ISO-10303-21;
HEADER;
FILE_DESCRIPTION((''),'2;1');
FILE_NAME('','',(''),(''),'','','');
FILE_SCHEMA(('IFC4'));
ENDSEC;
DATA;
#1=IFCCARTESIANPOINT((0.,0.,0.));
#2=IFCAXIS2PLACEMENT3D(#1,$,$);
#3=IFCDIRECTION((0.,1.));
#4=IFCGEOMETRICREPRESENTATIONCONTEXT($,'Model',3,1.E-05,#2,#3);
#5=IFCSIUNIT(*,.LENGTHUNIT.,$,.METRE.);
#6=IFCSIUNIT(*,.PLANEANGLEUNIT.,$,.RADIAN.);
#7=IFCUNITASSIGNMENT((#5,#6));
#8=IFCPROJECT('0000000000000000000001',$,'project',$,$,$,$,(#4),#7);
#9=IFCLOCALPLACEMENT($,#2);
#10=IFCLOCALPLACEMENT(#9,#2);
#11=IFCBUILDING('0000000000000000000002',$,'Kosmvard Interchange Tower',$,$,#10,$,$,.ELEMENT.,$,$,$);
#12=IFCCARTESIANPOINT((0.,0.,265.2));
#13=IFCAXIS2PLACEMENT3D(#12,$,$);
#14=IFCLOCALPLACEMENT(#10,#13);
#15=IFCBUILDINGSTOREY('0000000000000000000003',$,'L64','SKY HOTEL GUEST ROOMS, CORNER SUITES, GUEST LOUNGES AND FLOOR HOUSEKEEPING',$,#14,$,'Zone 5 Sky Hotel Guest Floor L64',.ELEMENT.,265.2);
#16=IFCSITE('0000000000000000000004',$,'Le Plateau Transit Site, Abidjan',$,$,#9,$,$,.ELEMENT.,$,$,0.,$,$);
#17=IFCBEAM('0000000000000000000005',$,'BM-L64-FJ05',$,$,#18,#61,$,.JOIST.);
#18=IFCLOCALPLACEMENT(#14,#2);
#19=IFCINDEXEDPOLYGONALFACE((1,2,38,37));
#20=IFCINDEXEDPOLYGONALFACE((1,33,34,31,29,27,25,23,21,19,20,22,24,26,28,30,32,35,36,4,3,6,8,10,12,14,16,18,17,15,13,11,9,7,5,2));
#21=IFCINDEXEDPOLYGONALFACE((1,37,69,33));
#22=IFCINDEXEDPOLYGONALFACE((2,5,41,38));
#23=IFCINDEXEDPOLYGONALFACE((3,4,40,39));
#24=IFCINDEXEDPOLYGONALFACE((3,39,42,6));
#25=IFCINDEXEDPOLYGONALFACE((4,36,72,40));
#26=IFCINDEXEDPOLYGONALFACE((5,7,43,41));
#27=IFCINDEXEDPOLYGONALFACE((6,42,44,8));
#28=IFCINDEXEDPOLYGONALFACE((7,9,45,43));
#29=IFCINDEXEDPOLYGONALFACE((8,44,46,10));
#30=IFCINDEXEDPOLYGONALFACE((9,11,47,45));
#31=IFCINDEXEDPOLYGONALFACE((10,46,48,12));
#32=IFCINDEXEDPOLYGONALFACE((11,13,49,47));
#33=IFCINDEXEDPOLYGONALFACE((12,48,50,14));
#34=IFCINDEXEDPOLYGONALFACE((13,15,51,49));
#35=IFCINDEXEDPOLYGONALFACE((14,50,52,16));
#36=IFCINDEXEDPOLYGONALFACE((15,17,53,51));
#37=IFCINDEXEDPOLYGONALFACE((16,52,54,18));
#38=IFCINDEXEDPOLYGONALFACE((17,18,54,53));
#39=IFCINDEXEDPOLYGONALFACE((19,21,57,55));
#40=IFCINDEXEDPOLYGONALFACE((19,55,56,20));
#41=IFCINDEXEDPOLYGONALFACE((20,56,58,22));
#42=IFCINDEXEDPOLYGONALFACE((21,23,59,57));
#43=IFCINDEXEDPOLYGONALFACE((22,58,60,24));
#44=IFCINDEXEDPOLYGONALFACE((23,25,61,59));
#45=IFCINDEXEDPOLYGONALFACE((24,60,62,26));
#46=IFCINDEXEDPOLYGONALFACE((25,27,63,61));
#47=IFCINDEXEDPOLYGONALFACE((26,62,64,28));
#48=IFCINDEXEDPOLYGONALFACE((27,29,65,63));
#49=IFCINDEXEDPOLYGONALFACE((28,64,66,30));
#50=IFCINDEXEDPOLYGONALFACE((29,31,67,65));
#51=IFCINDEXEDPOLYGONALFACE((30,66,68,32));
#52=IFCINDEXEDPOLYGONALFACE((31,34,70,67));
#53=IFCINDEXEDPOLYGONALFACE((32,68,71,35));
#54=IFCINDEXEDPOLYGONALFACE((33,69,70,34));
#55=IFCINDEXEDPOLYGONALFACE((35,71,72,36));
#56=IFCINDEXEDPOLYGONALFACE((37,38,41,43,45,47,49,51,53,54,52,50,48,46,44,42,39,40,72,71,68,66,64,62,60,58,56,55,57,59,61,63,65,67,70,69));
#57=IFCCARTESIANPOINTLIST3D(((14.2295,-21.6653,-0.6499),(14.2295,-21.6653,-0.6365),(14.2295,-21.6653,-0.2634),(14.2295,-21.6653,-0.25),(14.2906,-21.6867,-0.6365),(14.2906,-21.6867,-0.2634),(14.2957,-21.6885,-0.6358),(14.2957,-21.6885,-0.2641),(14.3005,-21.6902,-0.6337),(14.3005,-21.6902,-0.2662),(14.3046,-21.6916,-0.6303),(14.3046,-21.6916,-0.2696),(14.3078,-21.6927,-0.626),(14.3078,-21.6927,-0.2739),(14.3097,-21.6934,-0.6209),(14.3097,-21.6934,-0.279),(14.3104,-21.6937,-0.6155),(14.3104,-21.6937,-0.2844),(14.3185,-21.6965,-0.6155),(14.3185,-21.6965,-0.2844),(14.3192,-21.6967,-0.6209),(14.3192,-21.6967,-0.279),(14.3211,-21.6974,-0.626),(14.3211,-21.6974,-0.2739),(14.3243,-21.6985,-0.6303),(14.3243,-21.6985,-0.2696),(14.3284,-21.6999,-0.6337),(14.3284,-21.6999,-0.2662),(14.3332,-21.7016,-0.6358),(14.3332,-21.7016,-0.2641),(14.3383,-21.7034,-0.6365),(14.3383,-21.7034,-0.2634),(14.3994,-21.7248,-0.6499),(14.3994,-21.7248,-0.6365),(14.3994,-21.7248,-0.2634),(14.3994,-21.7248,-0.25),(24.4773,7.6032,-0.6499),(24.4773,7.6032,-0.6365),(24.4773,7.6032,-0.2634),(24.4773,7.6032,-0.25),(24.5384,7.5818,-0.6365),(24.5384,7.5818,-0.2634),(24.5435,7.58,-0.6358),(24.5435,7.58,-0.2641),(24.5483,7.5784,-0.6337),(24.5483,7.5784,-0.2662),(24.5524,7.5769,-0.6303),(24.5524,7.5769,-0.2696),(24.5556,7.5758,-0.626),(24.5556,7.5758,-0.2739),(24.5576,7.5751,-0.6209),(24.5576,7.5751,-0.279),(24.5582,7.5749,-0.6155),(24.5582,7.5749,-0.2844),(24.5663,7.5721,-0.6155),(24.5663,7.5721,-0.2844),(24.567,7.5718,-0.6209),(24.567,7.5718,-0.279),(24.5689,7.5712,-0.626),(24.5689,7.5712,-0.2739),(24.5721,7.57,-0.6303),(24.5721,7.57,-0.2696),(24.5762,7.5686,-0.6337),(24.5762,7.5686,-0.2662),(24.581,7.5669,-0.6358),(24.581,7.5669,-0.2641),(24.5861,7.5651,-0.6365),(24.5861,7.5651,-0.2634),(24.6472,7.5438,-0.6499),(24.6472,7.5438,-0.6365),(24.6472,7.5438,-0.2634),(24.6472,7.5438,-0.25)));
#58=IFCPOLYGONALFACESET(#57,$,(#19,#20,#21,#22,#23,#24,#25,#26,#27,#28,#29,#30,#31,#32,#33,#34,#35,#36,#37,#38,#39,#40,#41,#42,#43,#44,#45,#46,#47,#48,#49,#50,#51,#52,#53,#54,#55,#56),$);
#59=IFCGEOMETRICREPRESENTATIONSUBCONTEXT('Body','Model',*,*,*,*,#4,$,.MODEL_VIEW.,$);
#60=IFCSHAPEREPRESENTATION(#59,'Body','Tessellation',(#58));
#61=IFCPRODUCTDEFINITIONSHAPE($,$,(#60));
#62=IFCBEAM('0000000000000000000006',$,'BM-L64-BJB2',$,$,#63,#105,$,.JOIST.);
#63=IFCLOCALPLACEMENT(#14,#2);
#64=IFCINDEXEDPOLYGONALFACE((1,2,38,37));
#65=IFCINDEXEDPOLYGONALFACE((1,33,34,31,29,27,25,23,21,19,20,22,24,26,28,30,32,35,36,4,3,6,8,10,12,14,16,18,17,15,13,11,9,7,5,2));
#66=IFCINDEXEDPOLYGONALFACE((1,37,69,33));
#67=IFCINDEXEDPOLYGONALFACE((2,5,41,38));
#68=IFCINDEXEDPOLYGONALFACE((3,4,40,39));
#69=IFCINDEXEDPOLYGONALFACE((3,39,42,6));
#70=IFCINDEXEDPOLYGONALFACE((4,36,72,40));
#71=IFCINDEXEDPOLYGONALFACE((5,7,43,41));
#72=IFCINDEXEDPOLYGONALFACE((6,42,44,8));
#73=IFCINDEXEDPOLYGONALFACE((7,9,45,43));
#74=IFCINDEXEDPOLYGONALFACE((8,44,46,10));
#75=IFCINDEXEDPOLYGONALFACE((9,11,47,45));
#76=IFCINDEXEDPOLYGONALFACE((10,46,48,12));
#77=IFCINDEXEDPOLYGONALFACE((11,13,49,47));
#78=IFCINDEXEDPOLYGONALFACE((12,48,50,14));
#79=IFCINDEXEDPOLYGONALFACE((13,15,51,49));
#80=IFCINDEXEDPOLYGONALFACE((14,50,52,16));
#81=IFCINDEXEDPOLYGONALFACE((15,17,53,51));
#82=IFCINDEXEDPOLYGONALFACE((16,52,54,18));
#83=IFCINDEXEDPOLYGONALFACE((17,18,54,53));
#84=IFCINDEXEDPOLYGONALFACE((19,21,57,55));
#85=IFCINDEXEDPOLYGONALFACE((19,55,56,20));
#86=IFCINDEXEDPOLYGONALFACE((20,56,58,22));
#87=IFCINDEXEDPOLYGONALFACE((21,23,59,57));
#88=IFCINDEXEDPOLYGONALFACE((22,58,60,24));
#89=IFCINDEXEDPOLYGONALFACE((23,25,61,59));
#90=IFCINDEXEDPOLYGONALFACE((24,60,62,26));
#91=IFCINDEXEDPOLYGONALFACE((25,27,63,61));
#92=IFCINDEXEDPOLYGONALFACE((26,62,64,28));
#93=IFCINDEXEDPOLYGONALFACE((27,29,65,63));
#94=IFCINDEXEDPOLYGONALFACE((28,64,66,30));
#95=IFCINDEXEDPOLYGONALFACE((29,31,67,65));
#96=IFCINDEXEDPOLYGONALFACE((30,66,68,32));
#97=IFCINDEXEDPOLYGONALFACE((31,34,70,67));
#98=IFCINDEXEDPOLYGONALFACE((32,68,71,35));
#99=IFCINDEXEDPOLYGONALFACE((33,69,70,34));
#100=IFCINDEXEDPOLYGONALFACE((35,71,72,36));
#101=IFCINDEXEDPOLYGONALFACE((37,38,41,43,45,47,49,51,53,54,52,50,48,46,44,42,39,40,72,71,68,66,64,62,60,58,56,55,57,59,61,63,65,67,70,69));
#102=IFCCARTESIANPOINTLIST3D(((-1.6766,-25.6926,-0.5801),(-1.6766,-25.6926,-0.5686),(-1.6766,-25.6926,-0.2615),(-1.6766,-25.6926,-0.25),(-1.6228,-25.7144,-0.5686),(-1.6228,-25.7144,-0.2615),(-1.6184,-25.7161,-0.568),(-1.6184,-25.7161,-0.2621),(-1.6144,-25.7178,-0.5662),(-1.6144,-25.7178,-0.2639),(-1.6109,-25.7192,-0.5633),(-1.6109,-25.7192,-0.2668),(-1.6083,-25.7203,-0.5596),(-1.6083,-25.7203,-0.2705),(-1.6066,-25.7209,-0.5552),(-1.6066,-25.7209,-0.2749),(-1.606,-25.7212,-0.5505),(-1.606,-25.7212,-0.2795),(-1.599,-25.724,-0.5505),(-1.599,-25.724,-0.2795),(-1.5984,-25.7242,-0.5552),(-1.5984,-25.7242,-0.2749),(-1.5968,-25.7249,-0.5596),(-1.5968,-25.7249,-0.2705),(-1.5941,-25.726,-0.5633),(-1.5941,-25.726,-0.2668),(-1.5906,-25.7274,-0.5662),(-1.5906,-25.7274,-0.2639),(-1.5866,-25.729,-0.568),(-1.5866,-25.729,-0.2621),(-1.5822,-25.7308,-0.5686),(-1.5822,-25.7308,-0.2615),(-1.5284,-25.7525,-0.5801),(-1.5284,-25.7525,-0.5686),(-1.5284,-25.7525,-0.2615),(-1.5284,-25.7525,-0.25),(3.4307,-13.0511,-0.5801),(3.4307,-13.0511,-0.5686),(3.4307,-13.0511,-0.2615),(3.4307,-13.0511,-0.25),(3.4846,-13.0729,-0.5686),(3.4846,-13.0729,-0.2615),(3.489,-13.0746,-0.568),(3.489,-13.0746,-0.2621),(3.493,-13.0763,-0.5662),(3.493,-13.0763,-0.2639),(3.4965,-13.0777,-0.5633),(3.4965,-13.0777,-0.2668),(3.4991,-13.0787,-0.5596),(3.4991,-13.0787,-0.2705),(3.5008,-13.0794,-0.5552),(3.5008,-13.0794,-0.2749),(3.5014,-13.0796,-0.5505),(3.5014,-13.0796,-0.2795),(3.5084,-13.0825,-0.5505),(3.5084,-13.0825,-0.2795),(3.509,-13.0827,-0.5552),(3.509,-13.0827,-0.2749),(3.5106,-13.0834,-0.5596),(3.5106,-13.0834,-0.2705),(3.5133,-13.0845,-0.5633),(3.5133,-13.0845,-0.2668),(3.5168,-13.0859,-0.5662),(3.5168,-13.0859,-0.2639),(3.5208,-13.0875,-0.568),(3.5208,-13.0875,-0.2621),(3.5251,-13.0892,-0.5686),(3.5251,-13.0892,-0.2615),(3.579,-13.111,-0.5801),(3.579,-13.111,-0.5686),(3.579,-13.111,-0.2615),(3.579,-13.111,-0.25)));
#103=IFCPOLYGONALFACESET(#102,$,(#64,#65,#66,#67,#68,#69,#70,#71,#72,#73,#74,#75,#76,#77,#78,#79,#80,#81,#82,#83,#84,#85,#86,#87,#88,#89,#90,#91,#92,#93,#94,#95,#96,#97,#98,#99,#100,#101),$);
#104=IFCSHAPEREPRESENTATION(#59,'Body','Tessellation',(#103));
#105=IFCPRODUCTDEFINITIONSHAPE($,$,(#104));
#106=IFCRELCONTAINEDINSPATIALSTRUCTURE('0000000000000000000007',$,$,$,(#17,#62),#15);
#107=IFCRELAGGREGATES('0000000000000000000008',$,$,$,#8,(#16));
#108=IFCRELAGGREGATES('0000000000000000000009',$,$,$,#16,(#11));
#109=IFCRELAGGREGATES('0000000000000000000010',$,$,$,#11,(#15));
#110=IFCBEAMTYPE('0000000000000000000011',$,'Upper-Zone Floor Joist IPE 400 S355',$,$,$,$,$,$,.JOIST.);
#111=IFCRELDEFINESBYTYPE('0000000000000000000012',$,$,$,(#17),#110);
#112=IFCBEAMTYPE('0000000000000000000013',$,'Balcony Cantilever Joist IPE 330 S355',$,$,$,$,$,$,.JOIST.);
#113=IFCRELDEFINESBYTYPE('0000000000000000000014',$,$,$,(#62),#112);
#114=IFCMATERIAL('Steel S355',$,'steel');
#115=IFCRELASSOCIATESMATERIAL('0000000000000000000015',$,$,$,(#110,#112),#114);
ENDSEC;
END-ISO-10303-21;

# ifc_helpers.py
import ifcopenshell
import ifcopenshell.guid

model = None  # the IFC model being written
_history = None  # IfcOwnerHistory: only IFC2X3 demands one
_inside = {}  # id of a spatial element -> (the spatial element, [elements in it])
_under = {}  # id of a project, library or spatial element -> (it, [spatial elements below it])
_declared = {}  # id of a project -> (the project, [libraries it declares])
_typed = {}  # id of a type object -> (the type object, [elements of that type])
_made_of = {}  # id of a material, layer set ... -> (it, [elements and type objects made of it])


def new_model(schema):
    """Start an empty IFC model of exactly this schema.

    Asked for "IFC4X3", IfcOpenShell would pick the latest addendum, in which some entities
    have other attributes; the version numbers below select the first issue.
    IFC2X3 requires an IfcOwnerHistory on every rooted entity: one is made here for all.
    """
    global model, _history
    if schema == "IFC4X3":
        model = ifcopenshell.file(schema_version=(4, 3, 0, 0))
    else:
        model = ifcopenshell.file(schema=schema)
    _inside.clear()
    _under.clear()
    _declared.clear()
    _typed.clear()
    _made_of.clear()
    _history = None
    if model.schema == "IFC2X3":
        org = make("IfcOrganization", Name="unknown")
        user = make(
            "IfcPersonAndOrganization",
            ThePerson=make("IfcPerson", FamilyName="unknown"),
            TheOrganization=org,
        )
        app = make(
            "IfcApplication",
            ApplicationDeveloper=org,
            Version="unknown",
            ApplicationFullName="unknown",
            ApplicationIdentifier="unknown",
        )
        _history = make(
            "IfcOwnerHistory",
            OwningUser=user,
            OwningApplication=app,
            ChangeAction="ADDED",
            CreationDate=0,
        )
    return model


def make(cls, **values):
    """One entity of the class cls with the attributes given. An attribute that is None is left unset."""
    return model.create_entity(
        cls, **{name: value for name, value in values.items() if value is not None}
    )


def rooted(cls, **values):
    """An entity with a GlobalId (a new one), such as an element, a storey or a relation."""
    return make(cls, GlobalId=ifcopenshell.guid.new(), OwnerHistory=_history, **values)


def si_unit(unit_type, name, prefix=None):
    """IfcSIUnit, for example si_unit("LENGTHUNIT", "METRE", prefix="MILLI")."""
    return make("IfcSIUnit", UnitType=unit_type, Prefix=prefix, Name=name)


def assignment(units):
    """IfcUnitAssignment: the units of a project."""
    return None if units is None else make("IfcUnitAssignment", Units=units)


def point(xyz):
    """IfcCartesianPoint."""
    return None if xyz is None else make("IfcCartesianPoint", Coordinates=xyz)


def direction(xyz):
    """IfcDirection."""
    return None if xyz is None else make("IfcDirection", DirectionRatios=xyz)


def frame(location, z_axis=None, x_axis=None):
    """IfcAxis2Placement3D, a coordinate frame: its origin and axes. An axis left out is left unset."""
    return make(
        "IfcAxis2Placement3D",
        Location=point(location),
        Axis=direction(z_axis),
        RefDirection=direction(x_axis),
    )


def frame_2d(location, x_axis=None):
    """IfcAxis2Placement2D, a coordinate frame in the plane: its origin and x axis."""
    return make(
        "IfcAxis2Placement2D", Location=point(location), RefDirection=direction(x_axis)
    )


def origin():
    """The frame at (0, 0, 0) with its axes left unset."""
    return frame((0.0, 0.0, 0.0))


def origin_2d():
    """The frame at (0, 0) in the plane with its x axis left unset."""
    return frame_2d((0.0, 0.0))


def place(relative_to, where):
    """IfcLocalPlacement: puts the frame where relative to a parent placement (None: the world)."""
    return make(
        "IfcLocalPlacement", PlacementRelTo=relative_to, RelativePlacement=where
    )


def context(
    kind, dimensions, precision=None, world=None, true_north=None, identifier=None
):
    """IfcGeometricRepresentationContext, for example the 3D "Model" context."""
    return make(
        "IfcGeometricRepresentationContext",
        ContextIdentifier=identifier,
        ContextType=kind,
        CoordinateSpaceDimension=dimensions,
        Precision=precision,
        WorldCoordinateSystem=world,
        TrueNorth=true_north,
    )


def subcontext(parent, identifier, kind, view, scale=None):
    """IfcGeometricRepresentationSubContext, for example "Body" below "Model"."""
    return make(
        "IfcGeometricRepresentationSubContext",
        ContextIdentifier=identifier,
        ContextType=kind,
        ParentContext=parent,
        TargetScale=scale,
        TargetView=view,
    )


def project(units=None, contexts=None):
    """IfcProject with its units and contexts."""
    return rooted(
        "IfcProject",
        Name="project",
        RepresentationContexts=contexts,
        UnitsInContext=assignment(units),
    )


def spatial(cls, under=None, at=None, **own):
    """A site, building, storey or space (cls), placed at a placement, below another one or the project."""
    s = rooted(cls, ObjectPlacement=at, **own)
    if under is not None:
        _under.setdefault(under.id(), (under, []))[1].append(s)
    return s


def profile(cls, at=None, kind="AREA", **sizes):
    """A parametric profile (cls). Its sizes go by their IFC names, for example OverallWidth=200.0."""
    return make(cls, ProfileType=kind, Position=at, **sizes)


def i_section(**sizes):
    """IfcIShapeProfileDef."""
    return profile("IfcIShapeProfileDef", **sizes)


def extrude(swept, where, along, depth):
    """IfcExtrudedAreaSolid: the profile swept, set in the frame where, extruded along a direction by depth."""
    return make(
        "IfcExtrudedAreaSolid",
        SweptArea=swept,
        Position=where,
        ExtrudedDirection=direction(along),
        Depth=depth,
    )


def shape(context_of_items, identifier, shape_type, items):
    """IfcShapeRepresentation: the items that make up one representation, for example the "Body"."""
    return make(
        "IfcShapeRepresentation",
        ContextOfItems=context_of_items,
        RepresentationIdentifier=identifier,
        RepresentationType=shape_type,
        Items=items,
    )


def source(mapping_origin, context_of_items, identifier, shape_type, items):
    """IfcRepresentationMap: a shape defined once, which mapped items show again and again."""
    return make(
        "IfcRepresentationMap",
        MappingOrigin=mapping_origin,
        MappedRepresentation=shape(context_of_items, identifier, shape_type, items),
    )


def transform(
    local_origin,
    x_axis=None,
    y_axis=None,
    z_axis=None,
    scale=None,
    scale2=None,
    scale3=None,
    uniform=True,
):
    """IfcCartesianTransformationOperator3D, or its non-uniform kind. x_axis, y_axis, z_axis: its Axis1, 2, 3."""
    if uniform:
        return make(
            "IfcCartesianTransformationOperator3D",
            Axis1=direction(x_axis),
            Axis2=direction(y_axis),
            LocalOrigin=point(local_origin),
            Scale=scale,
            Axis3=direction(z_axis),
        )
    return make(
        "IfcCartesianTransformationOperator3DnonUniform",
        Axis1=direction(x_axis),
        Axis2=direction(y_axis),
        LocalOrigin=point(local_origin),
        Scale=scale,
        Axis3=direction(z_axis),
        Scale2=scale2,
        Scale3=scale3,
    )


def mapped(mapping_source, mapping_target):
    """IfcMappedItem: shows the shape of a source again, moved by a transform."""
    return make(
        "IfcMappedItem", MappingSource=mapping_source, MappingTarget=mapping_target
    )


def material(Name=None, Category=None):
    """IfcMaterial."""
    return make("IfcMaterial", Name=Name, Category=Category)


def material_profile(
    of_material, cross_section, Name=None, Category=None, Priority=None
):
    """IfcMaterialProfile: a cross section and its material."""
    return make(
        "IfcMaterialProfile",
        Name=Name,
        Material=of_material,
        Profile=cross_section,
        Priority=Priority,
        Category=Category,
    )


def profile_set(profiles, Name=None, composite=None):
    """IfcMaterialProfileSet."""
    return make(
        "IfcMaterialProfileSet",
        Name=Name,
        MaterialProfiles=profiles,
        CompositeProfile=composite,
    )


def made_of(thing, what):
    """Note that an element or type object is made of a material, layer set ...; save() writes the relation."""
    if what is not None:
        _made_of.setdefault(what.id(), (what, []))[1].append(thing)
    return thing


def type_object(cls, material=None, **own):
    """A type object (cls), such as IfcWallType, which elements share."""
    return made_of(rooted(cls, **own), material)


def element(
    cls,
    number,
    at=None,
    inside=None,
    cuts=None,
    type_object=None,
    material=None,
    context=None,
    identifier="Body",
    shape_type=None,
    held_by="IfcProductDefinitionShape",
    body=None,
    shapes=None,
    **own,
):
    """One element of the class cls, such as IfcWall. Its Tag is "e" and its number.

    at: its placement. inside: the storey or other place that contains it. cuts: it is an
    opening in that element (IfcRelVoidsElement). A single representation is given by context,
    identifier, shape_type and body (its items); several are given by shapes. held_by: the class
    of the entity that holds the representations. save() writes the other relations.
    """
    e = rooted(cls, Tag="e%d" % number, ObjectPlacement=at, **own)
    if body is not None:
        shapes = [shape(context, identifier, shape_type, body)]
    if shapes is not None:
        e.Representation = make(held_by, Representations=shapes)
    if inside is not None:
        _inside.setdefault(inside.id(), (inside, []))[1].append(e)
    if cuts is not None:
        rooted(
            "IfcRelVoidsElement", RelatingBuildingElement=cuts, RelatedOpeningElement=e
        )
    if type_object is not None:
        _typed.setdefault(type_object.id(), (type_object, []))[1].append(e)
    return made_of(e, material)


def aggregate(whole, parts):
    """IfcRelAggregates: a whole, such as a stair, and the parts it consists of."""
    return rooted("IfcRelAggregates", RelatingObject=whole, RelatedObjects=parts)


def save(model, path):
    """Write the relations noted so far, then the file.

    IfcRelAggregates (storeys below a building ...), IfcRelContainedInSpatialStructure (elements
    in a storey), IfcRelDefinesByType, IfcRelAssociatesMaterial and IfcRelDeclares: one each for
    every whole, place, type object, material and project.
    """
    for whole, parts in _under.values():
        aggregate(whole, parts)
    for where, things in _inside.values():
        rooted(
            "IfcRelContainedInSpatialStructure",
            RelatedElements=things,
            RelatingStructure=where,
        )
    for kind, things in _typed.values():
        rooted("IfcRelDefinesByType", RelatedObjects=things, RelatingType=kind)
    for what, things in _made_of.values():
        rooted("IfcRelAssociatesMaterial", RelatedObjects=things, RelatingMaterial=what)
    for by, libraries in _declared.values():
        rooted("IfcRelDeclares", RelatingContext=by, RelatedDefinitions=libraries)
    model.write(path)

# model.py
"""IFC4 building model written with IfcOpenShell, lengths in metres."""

from ifc_helpers import new_model, si_unit, direction, frame, origin, origin_2d, place, context, subcontext, project, spatial, i_section, extrude, source, transform, mapped, material, material_profile, profile_set, type_object, element, save


model = new_model("IFC4")

# Units and contexts
model_context = context("Model", 3, precision=1e-05, world=origin(), true_north=direction((0.0, 1.0)))
body_context = subcontext(model_context, "Body", "Model", "MODEL_VIEW")
ifc_project = project(units=[si_unit("LENGTHUNIT", "METRE"), si_unit("PLANEANGLEUNIT", "RADIAN")], contexts=[model_context])

# Site, building, storey
site_placement = place(None, origin())
site = spatial("IfcSite", under=ifc_project, at=site_placement, Name="Le Plateau Transit Site, Abidjan", CompositionType="ELEMENT", RefElevation=0.0)
building_placement = place(site_placement, origin())
building = spatial("IfcBuilding", under=site, at=building_placement, Name="Kosmvard Interchange Tower", CompositionType="ELEMENT")
storey_placement = place(building_placement, frame((0.0, 0.0, 265.2)))
storey = spatial("IfcBuildingStorey", under=building, at=storey_placement, Name="L64", Description="SKY HOTEL GUEST ROOMS, CORNER SUITES, GUEST LOUNGES AND FLOOR HOUSEKEEPING", LongName="Zone 5 Sky Hotel Guest Floor L64", CompositionType="ELEMENT", Elevation=265.2)

# Beams
ifc_material_1 = material(Name="Steel S355", Category="steel")
ifc_material_profile_1 = material_profile(ifc_material_1, i_section(OverallWidth=0.1799, OverallDepth=0.3999, WebThickness=0.0085, FlangeThickness=0.0134, FilletRadius=0.021, at=origin_2d()), Name="IPE 400")
ifc_profile_set_1 = profile_set([ifc_material_profile_1], Name="Steel S355")
beam_type_1 = type_object("IfcBeamType", Name="Upper-Zone Floor Joist IPE 400 S355", PredefinedType="JOIST", material=ifc_profile_set_1)
shared_shape_1 = source(origin(), body_context, "Body", "SweptSolid", [
    extrude(i_section(OverallWidth=0.1799, OverallDepth=0.3999, WebThickness=0.0085, FlangeThickness=0.0134, FilletRadius=0.021, at=origin_2d()), origin(), (0.0, 0.0, 1.0), 31.0107),
])
beam_1_placement = place(storey_placement, frame((14.3145, -21.6951, -0.45), z_axis=(0.33046, 0.94382, 0.0), x_axis=(-0.94382, 0.33046, 0.0)))
element("IfcBeam", 1, at=beam_1_placement, inside=storey, type_object=beam_type_1, Name="BM-L64-FJ05", PredefinedType="JOIST", context=body_context, shape_type="MappedRepresentation", body=[
    mapped(shared_shape_1, transform((0.0, 0.0, 0.0), scale=1.0)),
])
ifc_material_profile_2 = material_profile(ifc_material_1, i_section(OverallWidth=0.1599, OverallDepth=0.3301, WebThickness=0.0076, FlangeThickness=0.0115, FilletRadius=0.0181, at=origin_2d()), Name="IPE 330")
ifc_profile_set_2 = profile_set([ifc_material_profile_2], Name="Steel S355")
beam_type_2 = type_object("IfcBeamType", Name="Balcony Cantilever Joist IPE 330 S355", PredefinedType="JOIST", material=ifc_profile_set_2)
shared_shape_2 = source(origin(), body_context, "Body", "SweptSolid", [
    extrude(i_section(OverallWidth=0.1599, OverallDepth=0.3301, WebThickness=0.0076, FlangeThickness=0.0115, FilletRadius=0.0181, at=origin_2d()), origin(), (0.0, 0.0, 1.0), 13.6343),
])
beam_2_placement = place(storey_placement, frame((3.5049, -13.0811, -0.415), z_axis=(-0.374599, -0.927187, 0.0), x_axis=(0.927187, -0.374599, 0.0)))
element("IfcBeam", 2, at=beam_2_placement, inside=storey, type_object=beam_type_2, Name="BM-L64-BJB2", PredefinedType="JOIST", context=body_context, shape_type="MappedRepresentation", body=[
    mapped(shared_shape_2, transform((0.0, 0.0, 0.0), scale=1.0)),
])

save(model, "model.ifc")
